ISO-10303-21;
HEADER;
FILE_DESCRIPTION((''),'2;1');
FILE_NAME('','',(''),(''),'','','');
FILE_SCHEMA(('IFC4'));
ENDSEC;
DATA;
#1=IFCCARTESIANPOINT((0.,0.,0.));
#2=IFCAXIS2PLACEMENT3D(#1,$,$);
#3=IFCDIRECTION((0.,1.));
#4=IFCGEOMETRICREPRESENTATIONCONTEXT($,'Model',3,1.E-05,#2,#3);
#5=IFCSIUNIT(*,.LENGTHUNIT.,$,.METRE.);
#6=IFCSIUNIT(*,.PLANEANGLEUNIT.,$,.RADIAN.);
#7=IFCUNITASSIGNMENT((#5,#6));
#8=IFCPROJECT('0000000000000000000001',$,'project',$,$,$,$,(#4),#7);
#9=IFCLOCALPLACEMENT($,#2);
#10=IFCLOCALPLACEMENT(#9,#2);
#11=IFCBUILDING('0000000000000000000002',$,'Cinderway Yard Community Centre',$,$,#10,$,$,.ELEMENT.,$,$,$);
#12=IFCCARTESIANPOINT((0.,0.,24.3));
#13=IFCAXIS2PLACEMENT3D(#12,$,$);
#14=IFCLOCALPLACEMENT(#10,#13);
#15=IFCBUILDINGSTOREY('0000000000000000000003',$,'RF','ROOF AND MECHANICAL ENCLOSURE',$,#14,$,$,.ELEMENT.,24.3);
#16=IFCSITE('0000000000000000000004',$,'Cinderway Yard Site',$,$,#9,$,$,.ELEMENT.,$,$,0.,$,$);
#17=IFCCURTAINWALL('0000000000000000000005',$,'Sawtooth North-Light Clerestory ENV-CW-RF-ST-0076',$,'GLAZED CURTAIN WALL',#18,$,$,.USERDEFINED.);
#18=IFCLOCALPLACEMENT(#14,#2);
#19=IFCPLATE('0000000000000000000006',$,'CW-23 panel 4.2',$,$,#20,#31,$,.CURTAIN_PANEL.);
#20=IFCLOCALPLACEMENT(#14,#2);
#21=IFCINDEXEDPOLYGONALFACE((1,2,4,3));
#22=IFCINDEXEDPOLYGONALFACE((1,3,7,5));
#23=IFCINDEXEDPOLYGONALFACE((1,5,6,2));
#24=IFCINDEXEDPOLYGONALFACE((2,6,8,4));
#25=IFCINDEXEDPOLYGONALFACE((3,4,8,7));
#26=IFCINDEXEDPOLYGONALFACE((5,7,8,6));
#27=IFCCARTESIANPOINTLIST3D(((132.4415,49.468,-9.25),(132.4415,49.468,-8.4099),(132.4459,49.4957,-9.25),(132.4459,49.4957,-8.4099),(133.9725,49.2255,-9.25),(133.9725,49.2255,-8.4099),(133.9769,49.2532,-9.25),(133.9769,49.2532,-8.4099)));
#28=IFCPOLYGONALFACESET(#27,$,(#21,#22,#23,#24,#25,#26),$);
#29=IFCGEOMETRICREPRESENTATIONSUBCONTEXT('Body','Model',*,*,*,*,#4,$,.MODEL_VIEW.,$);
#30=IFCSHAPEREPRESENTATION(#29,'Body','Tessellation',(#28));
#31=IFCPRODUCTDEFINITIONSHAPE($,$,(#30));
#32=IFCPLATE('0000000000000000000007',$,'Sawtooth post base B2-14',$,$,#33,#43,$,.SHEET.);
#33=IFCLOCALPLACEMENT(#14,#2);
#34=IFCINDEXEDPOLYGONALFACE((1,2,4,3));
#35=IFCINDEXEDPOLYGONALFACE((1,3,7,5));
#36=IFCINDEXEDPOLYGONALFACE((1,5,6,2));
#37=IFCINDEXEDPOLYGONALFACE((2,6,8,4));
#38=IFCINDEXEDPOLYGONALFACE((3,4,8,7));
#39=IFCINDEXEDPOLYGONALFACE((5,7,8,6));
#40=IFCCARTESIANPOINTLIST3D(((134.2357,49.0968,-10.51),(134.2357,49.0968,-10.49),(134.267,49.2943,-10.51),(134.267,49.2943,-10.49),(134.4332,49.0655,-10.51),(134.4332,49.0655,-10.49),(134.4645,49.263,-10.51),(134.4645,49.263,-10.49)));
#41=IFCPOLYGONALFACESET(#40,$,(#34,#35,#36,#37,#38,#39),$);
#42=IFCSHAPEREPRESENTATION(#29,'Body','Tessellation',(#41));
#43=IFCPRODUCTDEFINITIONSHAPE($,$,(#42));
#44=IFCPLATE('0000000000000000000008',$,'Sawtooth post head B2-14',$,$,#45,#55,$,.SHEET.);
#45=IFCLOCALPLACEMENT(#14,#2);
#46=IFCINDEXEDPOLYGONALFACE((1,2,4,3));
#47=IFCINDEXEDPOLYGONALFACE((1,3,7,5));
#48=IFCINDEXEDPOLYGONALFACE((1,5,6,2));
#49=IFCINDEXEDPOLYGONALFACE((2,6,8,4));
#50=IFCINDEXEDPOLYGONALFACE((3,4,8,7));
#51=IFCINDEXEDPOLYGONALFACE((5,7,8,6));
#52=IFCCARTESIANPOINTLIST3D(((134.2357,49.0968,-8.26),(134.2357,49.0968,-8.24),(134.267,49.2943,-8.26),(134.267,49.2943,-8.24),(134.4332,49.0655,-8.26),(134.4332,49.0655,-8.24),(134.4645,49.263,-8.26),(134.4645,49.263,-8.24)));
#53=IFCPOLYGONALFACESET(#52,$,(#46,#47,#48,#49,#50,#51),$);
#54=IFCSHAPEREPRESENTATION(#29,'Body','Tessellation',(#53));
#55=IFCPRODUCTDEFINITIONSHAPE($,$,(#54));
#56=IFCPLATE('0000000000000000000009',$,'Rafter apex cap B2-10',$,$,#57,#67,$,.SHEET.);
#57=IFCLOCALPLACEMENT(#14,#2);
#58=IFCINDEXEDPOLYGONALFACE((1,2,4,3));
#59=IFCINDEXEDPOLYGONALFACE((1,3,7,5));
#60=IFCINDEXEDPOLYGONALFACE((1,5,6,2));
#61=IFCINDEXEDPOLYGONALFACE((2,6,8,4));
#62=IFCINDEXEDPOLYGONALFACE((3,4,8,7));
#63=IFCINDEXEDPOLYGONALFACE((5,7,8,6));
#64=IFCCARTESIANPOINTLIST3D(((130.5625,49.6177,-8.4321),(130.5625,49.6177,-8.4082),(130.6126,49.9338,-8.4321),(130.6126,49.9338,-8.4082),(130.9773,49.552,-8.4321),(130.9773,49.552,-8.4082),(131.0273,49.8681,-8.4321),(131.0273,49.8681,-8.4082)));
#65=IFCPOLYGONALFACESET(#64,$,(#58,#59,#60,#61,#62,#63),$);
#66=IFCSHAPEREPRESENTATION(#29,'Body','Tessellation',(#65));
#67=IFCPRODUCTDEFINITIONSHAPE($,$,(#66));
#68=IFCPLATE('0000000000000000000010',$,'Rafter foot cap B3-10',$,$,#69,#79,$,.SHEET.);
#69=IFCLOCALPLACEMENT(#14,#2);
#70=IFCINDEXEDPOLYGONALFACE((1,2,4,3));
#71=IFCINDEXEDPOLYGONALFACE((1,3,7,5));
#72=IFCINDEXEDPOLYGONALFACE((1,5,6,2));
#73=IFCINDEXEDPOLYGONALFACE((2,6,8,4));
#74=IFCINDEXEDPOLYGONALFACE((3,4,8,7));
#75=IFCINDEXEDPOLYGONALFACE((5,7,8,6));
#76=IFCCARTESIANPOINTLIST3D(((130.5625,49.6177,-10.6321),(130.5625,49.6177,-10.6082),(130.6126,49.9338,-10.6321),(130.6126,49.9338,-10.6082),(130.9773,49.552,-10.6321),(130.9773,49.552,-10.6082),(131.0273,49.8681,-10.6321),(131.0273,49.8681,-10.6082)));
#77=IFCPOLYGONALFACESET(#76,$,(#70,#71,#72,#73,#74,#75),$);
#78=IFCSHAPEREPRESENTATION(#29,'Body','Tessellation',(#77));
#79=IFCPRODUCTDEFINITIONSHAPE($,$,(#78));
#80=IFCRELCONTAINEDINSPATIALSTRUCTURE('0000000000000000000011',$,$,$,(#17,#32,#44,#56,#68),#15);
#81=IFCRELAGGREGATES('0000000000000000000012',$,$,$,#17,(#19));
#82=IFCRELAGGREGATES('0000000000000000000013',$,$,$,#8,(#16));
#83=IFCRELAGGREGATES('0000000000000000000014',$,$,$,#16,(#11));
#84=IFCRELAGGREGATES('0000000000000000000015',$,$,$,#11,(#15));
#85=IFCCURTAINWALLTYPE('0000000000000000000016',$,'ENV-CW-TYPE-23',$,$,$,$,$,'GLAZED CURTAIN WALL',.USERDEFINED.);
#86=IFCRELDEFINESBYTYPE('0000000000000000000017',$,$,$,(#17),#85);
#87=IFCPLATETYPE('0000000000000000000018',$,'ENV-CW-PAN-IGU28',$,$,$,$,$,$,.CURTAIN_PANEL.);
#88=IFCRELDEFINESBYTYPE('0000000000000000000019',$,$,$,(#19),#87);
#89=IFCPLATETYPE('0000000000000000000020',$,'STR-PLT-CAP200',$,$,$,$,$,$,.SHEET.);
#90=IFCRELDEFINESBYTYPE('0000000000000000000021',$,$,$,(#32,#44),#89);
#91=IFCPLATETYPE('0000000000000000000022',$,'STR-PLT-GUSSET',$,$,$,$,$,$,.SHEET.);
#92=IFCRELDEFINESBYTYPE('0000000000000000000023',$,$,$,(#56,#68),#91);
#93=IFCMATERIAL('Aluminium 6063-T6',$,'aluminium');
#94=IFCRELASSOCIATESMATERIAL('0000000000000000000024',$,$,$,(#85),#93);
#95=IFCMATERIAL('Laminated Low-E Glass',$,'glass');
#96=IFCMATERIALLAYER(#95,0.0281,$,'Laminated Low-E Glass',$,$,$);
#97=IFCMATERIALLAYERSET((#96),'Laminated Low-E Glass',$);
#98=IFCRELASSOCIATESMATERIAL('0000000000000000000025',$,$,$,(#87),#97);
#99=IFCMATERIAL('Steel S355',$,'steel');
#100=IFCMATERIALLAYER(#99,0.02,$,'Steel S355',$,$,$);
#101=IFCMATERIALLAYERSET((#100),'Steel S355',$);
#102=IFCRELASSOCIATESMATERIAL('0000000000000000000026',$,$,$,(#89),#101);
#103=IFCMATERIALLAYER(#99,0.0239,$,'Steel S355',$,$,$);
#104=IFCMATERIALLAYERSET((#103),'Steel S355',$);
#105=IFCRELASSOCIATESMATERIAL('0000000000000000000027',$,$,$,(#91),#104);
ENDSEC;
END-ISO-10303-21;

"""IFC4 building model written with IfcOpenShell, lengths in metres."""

from ifc_helpers import new_model, si_unit, direction, frame, origin, origin_2d, place, context, subcontext, project, spatial, rectangle, extrude, material, layer, layer_set, type_object, element, aggregate, save


model = new_model("IFC4")

# Units and contexts
model_context = context("Model", 3, precision=1e-05, world=origin(), true_north=direction((0.0, 1.0)))
body_context = subcontext(model_context, "Body", "Model", "MODEL_VIEW")
ifc_project = project(units=[si_unit("LENGTHUNIT", "METRE"), si_unit("PLANEANGLEUNIT", "RADIAN")], contexts=[model_context])

# Site, building, storey
site_placement = place(None, origin())
site = spatial("IfcSite", under=ifc_project, at=site_placement, Name="Cinderway Yard Site", CompositionType="ELEMENT", RefElevation=0.0)
building_placement = place(site_placement, origin())
building = spatial("IfcBuilding", under=site, at=building_placement, Name="Cinderway Yard Community Centre", CompositionType="ELEMENT")
storey_placement = place(building_placement, frame((0.0, 0.0, 24.3)))
storey = spatial("IfcBuildingStorey", under=building, at=storey_placement, Name="RF", Description="ROOF AND MECHANICAL ENCLOSURE", CompositionType="ELEMENT", Elevation=24.3)

# Curtain wall
ifc_material_1 = material(Name="Aluminium 6063-T6", Category="aluminium")
curtain_wall_type = type_object("IfcCurtainWallType", Name="ENV-CW-TYPE-23", ElementType="GLAZED CURTAIN WALL", PredefinedType="USERDEFINED", material=ifc_material_1)
curtain_wall_1_placement = place(storey_placement, origin())
curtain_wall_1 = element("IfcCurtainWall", 1, at=curtain_wall_1_placement, inside=storey, type_object=curtain_wall_type, Name="Sawtooth North-Light Clerestory ENV-CW-RF-ST-0076", ObjectType="GLAZED CURTAIN WALL", PredefinedType="USERDEFINED")

# Shared definitions
ifc_material_2 = material(Name="Steel S355", Category="steel")

# Plate
ifc_material_3 = material(Name="Laminated Low-E Glass", Category="glass")
ifc_layer_1 = layer(ifc_material_3, 0.0281, Name="Laminated Low-E Glass")
ifc_layer_set_1 = layer_set([ifc_layer_1], Name="Laminated Low-E Glass")
plate_type_1 = type_object("IfcPlateType", Name="ENV-CW-PAN-IGU28", PredefinedType="CURTAIN_PANEL", material=ifc_layer_set_1)
plate_1_placement = place(storey_placement, frame((133.2092, 49.3606, -9.25), z_axis=(0.0, 0.0, 1.0), x_axis=(0.987692, -0.156409, 0.0)))
plate_1 = element("IfcPlate", 2, at=plate_1_placement, type_object=plate_type_1, Name="CW-23 panel 4.2", PredefinedType="CURTAIN_PANEL", context=body_context, shape_type="SweptSolid", body=[
    extrude(rectangle(XDim=1.55, YDim=0.0281, at=origin_2d()), origin(), (0.0, 0.0, 1.0), 0.8401),
])
aggregate(curtain_wall_1, [plate_1])

# Plates
ifc_layer_2 = layer(ifc_material_2, 0.02, Name="Steel S355")
ifc_layer_set_2 = layer_set([ifc_layer_2], Name="Steel S355")
plate_type_2 = type_object("IfcPlateType", Name="STR-PLT-CAP200", PredefinedType="SHEET", material=ifc_layer_set_2)
for number, where, z_axis, x_axis, name in (
    (3, (134.3501, 49.1799, -10.51), (0.0, 0.0, 1.0), (0.987688, -0.156434, 0.0), "Sawtooth post base B2-14"),
    (4, (134.3501, 49.1799, -8.26), (0.0, 0.0, 1.0), (0.987688, -0.156434, 0.0), "Sawtooth post head B2-14"),
):
    element("IfcPlate", number, at=place(storey_placement, frame(where, z_axis=z_axis, x_axis=x_axis)), inside=storey, type_object=plate_type_2, Name=name, PredefinedType="SHEET", context=body_context, shape_type="SweptSolid", body=[
        extrude(rectangle(XDim=0.2, YDim=0.2, at=origin_2d()), origin(), (0.0, 0.0, 1.0), 0.02),
    ])
ifc_layer_3 = layer(ifc_material_2, 0.0239, Name="Steel S355")
ifc_layer_set_3 = layer_set([ifc_layer_3], Name="Steel S355")
plate_type_3 = type_object("IfcPlateType", Name="STR-PLT-GUSSET", PredefinedType="SHEET", material=ifc_layer_set_3)
for number, where, z_axis, x_axis, name in (
    (5, (130.7949, 49.7429, -8.4321), (0.0, 0.0, 1.0), (0.987688, -0.156434, 0.0), "Rafter apex cap B2-10"),
    (6, (130.7949, 49.7429, -10.6321), (0.0, 0.0, 1.0), (0.987688, -0.156434, 0.0), "Rafter foot cap B3-10"),
):
    element("IfcPlate", number, at=place(storey_placement, frame(where, z_axis=z_axis, x_axis=x_axis)), inside=storey, type_object=plate_type_3, Name=name, PredefinedType="SHEET", context=body_context, shape_type="SweptSolid", body=[
        extrude(rectangle(XDim=0.4199, YDim=0.3201, at=origin_2d()), origin(), (0.0, 0.0, 1.0), 0.0239),
    ])

save(model, "model.ifc")
